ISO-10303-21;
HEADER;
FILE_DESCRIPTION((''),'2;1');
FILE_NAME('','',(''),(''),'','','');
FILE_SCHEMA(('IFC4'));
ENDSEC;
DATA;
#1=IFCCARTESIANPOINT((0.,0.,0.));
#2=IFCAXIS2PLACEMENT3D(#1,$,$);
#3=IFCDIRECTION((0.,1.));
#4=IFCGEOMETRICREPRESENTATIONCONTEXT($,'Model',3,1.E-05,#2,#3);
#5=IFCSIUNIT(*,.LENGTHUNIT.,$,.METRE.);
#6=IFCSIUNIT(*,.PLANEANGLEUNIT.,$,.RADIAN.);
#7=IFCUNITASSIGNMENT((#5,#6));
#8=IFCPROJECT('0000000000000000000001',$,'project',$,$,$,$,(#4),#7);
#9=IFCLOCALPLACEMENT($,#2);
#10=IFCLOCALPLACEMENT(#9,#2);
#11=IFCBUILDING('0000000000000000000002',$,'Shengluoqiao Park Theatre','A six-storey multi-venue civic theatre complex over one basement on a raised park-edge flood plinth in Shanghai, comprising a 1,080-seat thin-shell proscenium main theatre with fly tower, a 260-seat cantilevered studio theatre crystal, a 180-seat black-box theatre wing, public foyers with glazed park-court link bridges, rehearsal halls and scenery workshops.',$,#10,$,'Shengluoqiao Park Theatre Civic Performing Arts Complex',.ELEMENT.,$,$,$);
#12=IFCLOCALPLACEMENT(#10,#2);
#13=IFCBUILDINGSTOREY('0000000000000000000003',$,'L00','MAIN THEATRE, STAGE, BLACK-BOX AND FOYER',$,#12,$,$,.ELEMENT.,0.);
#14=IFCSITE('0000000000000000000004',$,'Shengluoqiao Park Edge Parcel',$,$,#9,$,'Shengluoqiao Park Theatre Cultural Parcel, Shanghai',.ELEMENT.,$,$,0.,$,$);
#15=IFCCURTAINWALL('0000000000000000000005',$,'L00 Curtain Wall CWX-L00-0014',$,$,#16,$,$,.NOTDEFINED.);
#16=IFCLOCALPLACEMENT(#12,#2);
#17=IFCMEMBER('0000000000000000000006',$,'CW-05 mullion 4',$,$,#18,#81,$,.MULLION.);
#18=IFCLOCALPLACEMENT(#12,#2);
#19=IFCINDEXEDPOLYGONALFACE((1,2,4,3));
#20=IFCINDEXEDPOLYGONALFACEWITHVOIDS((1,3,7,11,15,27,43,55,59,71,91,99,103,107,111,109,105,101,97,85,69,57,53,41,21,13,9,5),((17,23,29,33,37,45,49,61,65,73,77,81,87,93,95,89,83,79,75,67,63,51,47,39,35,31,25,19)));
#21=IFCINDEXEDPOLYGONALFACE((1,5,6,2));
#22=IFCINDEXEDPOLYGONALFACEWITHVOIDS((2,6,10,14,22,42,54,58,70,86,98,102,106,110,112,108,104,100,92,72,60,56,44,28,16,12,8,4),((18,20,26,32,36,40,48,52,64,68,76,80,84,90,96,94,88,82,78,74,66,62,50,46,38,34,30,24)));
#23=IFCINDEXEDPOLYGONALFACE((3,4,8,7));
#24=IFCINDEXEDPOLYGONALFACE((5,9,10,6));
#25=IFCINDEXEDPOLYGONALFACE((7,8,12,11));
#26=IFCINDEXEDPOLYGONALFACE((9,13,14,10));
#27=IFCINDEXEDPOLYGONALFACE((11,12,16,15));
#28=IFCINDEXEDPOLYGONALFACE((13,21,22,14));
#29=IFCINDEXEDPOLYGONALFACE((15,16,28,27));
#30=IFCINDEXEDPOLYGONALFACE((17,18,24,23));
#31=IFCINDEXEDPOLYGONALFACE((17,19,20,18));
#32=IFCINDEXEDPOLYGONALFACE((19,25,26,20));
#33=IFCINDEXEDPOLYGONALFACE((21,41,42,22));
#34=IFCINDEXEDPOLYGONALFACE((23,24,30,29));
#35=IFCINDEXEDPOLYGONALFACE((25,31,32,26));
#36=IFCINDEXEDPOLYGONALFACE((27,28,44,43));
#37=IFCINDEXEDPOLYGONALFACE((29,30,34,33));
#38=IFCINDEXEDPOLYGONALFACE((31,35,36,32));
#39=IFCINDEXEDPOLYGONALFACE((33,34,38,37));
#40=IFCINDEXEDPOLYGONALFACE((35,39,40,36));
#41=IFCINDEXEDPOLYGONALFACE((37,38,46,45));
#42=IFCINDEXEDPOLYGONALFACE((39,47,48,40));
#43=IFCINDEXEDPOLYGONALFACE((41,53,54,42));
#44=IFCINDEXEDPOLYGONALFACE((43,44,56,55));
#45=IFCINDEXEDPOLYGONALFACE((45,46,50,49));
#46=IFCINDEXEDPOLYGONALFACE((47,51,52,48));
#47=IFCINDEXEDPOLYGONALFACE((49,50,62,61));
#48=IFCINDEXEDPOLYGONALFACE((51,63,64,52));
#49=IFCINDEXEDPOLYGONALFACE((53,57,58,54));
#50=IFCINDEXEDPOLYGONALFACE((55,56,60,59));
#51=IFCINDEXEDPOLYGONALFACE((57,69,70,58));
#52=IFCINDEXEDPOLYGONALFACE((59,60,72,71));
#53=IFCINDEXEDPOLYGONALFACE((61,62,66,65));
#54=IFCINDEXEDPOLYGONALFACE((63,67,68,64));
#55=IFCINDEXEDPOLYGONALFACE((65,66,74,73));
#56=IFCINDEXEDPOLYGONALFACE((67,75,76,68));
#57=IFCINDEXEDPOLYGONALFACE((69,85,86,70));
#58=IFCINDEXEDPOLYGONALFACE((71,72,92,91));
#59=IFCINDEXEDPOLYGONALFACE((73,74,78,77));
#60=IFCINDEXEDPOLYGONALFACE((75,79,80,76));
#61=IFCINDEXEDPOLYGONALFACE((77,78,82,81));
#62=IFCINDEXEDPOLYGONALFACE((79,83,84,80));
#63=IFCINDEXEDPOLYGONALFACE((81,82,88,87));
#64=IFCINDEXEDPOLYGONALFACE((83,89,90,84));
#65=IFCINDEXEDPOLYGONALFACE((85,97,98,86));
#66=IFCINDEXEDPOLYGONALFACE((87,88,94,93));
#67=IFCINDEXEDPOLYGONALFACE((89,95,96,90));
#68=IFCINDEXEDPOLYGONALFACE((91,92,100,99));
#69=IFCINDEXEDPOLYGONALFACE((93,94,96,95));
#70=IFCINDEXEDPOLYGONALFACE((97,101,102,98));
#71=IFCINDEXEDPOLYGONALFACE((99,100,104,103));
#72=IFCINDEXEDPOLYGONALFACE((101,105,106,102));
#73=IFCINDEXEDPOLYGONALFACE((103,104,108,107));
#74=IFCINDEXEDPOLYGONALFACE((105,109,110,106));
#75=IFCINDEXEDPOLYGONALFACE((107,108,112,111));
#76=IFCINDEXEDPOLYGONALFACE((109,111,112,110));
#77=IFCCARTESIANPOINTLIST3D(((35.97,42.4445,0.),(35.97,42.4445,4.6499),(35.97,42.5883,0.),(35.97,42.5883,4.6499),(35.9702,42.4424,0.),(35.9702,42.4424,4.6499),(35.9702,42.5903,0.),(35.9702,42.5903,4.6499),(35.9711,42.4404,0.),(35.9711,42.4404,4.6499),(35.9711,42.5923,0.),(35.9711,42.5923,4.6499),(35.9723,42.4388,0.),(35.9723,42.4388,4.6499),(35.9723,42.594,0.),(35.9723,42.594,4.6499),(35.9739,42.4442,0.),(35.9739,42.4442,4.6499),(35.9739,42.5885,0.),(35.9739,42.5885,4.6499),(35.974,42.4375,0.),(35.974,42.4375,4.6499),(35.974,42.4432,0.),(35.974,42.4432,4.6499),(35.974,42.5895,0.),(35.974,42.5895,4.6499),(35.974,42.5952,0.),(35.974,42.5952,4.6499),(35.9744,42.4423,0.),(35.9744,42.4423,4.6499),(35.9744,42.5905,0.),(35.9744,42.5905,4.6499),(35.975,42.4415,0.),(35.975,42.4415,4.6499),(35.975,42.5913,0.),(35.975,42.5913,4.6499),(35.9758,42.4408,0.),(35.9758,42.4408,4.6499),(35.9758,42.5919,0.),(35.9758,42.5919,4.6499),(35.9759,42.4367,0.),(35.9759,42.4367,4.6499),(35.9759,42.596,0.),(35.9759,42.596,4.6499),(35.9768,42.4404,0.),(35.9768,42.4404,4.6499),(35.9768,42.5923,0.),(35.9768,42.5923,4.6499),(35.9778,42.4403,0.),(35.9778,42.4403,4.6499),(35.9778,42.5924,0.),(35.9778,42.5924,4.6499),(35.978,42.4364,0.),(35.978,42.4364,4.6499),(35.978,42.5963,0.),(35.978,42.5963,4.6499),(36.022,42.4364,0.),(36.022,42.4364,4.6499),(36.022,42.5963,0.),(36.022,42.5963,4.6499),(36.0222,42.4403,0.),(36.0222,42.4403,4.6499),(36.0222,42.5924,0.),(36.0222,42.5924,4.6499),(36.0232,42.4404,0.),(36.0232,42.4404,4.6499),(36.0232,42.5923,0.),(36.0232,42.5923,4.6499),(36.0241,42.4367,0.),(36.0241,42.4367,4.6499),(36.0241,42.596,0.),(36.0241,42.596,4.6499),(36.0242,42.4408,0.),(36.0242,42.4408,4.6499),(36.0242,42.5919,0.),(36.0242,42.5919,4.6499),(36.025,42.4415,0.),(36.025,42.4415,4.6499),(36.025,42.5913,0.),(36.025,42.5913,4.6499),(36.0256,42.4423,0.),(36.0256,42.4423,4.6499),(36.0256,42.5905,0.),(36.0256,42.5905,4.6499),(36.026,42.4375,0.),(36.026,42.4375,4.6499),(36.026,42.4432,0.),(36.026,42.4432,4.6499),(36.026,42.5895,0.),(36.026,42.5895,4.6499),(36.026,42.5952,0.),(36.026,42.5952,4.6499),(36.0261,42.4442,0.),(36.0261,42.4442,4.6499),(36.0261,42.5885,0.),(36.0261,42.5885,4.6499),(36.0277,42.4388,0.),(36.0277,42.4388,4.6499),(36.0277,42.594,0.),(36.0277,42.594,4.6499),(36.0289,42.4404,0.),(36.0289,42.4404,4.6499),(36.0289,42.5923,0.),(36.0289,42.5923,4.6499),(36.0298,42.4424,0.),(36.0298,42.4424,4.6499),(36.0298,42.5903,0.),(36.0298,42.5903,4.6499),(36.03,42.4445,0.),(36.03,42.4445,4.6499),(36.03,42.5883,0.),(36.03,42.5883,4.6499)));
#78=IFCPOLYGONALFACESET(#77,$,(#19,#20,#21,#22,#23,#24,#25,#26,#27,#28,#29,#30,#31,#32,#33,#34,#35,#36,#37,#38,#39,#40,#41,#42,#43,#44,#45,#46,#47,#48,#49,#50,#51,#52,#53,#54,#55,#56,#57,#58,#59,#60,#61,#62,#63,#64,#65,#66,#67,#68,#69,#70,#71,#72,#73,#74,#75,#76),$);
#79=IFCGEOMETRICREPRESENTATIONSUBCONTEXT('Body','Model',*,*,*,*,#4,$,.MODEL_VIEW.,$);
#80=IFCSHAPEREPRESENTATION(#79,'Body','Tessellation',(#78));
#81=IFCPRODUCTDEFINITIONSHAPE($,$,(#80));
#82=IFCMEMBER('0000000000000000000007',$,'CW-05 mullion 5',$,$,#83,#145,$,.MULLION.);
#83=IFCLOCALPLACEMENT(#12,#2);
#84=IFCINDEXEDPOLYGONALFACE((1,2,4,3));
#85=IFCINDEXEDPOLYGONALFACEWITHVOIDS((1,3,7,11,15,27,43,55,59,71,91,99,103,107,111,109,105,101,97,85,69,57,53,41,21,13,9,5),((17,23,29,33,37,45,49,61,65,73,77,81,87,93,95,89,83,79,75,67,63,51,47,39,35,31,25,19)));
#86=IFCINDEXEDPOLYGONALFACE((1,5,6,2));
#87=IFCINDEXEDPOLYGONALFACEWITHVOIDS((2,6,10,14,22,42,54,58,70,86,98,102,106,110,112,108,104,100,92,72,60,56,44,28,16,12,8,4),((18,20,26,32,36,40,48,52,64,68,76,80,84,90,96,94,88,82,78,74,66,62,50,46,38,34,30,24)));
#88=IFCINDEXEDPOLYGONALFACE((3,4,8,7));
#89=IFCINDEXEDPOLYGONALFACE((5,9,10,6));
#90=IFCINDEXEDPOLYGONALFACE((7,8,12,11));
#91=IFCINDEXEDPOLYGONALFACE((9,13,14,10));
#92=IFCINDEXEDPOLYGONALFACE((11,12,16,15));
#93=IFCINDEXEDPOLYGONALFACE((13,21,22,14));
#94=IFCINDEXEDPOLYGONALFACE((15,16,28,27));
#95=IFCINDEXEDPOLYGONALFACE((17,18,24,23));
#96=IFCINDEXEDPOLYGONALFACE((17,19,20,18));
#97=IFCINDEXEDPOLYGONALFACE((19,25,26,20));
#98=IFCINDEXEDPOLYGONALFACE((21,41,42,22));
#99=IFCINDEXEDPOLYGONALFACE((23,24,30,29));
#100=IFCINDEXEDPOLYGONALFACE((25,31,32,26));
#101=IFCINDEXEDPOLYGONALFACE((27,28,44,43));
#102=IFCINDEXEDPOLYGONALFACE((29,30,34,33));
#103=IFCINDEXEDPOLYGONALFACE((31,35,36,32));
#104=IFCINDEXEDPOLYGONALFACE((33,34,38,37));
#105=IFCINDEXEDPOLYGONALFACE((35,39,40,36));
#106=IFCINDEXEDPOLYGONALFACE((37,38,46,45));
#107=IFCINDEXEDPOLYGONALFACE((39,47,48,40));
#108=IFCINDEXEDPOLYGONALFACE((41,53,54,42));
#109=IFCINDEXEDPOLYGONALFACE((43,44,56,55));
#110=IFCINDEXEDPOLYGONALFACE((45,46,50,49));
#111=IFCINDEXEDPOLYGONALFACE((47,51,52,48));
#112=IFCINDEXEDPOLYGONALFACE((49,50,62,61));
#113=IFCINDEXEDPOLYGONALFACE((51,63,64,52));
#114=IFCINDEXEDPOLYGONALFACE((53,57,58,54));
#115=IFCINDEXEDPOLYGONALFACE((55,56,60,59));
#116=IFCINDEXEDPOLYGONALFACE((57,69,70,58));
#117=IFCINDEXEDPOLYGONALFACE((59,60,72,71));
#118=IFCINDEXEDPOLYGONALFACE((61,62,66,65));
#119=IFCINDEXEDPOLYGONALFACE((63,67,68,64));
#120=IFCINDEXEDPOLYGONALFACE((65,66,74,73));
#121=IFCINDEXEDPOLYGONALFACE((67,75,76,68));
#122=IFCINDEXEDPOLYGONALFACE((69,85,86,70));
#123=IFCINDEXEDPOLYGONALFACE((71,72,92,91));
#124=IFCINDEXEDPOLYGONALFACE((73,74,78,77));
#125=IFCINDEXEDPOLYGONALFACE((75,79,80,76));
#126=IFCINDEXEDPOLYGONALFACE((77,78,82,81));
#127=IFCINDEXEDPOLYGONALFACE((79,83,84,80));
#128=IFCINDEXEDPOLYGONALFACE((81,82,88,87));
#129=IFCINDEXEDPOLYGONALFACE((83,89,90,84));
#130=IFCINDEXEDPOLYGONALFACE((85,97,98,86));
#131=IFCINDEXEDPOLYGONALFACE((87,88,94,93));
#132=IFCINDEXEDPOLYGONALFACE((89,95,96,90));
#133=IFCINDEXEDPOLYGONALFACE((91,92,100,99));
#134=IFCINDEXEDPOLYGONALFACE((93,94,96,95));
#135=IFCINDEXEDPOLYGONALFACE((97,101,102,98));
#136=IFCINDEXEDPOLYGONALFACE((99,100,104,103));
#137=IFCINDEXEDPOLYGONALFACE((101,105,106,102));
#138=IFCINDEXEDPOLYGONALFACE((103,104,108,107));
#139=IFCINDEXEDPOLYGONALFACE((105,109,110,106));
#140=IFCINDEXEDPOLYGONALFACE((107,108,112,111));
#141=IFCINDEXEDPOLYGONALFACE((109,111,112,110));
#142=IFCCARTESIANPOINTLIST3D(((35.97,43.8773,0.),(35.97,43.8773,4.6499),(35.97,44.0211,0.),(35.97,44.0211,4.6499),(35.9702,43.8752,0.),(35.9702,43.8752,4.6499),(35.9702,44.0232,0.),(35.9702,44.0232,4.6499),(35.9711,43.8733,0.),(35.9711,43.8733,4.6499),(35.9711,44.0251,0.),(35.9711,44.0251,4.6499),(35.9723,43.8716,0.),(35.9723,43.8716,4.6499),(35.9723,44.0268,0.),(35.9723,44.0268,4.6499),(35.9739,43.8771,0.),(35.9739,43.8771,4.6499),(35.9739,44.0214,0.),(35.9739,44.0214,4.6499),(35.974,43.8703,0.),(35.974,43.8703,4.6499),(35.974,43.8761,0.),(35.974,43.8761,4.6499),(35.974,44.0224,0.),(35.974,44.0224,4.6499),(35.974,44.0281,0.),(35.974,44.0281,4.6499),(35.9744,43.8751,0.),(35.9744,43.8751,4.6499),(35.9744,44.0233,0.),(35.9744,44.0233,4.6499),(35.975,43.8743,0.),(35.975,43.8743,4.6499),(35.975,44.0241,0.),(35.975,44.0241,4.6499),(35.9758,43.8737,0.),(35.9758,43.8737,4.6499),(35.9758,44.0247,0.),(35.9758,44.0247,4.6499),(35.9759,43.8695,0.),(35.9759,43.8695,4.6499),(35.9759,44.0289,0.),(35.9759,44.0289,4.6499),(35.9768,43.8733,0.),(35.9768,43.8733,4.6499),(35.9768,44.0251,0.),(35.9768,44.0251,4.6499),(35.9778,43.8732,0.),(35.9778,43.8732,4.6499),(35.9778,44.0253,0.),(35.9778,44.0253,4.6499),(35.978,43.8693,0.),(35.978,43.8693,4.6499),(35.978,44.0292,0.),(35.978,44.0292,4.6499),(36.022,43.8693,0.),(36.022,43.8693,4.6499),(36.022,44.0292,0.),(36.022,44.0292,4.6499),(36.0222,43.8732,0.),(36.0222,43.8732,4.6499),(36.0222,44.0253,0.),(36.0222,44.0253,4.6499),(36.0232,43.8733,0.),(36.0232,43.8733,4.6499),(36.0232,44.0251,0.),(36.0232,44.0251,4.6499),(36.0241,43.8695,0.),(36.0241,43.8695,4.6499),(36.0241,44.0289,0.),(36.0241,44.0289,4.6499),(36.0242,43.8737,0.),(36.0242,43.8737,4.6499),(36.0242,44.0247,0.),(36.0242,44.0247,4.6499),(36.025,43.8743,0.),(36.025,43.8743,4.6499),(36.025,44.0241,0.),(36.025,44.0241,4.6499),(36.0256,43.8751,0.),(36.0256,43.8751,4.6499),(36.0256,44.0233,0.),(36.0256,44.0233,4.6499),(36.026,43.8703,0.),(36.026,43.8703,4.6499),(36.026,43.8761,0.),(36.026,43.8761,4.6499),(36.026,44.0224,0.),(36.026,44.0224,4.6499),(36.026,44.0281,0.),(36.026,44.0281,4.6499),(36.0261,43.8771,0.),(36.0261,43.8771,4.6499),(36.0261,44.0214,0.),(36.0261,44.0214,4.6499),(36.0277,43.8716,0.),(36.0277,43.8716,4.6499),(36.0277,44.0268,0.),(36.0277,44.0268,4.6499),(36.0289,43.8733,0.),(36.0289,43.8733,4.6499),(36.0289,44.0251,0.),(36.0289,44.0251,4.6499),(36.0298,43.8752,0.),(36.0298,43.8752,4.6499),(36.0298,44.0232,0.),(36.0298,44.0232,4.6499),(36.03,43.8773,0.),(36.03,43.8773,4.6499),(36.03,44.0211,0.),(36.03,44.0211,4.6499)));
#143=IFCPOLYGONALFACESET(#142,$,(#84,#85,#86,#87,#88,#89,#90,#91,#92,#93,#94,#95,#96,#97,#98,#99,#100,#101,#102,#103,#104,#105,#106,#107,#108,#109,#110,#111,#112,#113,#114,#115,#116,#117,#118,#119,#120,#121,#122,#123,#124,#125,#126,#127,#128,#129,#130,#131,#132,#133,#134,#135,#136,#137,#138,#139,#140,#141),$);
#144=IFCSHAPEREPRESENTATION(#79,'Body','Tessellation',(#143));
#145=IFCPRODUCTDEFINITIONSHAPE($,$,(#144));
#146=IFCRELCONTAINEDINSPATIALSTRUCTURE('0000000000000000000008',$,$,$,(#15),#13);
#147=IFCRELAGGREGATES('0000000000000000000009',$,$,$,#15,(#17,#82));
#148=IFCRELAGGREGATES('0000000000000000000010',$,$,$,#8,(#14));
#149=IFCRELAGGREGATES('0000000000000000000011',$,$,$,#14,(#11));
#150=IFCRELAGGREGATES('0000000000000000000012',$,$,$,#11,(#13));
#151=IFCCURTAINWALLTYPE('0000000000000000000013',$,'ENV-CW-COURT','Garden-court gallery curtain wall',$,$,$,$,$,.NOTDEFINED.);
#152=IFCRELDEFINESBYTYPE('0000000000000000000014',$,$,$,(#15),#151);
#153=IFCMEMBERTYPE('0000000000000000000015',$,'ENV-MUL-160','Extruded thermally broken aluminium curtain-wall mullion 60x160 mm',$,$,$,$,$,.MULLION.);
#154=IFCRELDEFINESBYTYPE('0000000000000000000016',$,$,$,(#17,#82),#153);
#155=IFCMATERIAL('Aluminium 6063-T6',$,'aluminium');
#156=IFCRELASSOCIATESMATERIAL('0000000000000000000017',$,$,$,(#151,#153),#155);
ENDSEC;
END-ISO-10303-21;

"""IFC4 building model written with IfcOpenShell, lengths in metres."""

from ifc_helpers import new_model, si_unit, direction, frame, origin, origin_2d, place, context, subcontext, project, spatial, hollow_rectangle, extrude, material, material_profile, profile_set, type_object, element, aggregate, save


model = new_model("IFC4")

# Units and contexts
model_context = context("Model", 3, precision=1e-05, world=origin(), true_north=direction((0.0, 1.0)))
body_context = subcontext(model_context, "Body", "Model", "MODEL_VIEW")
ifc_project = project(units=[si_unit("LENGTHUNIT", "METRE"), si_unit("PLANEANGLEUNIT", "RADIAN")], contexts=[model_context])

# Site, building, storey
site_placement = place(None, origin())
site = spatial("IfcSite", under=ifc_project, at=site_placement, Name="Shengluoqiao Park Edge Parcel", LongName="Shengluoqiao Park Theatre Cultural Parcel, Shanghai", CompositionType="ELEMENT", RefElevation=0.0)
building_placement = place(site_placement, origin())
building = spatial("IfcBuilding", under=site, at=building_placement, Name="Shengluoqiao Park Theatre", Description="A six-storey multi-venue civic theatre complex over one basement on a raised park-edge flood plinth in Shanghai, comprising a 1,080-seat thin-shell proscenium main theatre with fly tower, a 260-seat cantilevered studio theatre crystal, a 180-seat black-box theatre wing, public foyers with glazed park-court link bridges, rehearsal halls and scenery workshops.", LongName="Shengluoqiao Park Theatre Civic Performing Arts Complex", CompositionType="ELEMENT")
storey_placement = place(building_placement, origin())
storey = spatial("IfcBuildingStorey", under=building, at=storey_placement, Name="L00", Description="MAIN THEATRE, STAGE, BLACK-BOX AND FOYER", CompositionType="ELEMENT", Elevation=0.0)

# Curtain wall, members
ifc_material_1 = material(Name="Aluminium 6063-T6", Category="aluminium")
curtain_wall_type = type_object("IfcCurtainWallType", Name="ENV-CW-COURT", Description="Garden-court gallery curtain wall", PredefinedType="NOTDEFINED", material=ifc_material_1)
curtain_wall_placement = place(storey_placement, origin())
curtain_wall = element("IfcCurtainWall", 1, at=curtain_wall_placement, inside=storey, type_object=curtain_wall_type, Name="L00 Curtain Wall CWX-L00-0014", PredefinedType="NOTDEFINED")
ifc_material_profile_1 = material_profile(ifc_material_1, hollow_rectangle(XDim=0.0601, YDim=0.1599, WallThickness=0.0039, InnerFilletRadius=0.0039, OuterFilletRadius=0.0081, at=origin_2d()), Name="ALU MULLION 160x60x4")
ifc_profile_set_1 = profile_set([ifc_material_profile_1], Name="Aluminium 6063-T6")
member_type_1 = type_object("IfcMemberType", Name="ENV-MUL-160", Description="Extruded thermally broken aluminium curtain-wall mullion 60x160 mm", PredefinedType="MULLION", material=ifc_profile_set_1)
member_1_placement = place(storey_placement, frame((36.0, 42.5164, 0.0), z_axis=(0.0, 0.0, 1.0), x_axis=(-1.0, 0.0, 0.0)))
member_1 = element("IfcMember", 2, at=member_1_placement, type_object=member_type_1, Name="CW-05 mullion 4", PredefinedType="MULLION", context=body_context, shape_type="SweptSolid", body=[
    extrude(hollow_rectangle(XDim=0.0601, YDim=0.1599, WallThickness=0.0039, InnerFilletRadius=0.0039, OuterFilletRadius=0.0081, at=origin_2d()), origin(), (0.0, 0.0, 1.0), 4.6499),
])
member_2_placement = place(storey_placement, frame((36.0, 43.9492, 0.0), z_axis=(0.0, 0.0, 1.0), x_axis=(-1.0, 0.0, 0.0)))
member_2 = element("IfcMember", 3, at=member_2_placement, type_object=member_type_1, Name="CW-05 mullion 5", PredefinedType="MULLION", context=body_context, shape_type="SweptSolid", body=[
    extrude(hollow_rectangle(XDim=0.0601, YDim=0.1599, WallThickness=0.0039, InnerFilletRadius=0.0039, OuterFilletRadius=0.0081, at=origin_2d()), origin(), (0.0, 0.0, 1.0), 4.6499),
])
aggregate(curtain_wall, [member_1, member_2])

save(model, "model.ifc")
